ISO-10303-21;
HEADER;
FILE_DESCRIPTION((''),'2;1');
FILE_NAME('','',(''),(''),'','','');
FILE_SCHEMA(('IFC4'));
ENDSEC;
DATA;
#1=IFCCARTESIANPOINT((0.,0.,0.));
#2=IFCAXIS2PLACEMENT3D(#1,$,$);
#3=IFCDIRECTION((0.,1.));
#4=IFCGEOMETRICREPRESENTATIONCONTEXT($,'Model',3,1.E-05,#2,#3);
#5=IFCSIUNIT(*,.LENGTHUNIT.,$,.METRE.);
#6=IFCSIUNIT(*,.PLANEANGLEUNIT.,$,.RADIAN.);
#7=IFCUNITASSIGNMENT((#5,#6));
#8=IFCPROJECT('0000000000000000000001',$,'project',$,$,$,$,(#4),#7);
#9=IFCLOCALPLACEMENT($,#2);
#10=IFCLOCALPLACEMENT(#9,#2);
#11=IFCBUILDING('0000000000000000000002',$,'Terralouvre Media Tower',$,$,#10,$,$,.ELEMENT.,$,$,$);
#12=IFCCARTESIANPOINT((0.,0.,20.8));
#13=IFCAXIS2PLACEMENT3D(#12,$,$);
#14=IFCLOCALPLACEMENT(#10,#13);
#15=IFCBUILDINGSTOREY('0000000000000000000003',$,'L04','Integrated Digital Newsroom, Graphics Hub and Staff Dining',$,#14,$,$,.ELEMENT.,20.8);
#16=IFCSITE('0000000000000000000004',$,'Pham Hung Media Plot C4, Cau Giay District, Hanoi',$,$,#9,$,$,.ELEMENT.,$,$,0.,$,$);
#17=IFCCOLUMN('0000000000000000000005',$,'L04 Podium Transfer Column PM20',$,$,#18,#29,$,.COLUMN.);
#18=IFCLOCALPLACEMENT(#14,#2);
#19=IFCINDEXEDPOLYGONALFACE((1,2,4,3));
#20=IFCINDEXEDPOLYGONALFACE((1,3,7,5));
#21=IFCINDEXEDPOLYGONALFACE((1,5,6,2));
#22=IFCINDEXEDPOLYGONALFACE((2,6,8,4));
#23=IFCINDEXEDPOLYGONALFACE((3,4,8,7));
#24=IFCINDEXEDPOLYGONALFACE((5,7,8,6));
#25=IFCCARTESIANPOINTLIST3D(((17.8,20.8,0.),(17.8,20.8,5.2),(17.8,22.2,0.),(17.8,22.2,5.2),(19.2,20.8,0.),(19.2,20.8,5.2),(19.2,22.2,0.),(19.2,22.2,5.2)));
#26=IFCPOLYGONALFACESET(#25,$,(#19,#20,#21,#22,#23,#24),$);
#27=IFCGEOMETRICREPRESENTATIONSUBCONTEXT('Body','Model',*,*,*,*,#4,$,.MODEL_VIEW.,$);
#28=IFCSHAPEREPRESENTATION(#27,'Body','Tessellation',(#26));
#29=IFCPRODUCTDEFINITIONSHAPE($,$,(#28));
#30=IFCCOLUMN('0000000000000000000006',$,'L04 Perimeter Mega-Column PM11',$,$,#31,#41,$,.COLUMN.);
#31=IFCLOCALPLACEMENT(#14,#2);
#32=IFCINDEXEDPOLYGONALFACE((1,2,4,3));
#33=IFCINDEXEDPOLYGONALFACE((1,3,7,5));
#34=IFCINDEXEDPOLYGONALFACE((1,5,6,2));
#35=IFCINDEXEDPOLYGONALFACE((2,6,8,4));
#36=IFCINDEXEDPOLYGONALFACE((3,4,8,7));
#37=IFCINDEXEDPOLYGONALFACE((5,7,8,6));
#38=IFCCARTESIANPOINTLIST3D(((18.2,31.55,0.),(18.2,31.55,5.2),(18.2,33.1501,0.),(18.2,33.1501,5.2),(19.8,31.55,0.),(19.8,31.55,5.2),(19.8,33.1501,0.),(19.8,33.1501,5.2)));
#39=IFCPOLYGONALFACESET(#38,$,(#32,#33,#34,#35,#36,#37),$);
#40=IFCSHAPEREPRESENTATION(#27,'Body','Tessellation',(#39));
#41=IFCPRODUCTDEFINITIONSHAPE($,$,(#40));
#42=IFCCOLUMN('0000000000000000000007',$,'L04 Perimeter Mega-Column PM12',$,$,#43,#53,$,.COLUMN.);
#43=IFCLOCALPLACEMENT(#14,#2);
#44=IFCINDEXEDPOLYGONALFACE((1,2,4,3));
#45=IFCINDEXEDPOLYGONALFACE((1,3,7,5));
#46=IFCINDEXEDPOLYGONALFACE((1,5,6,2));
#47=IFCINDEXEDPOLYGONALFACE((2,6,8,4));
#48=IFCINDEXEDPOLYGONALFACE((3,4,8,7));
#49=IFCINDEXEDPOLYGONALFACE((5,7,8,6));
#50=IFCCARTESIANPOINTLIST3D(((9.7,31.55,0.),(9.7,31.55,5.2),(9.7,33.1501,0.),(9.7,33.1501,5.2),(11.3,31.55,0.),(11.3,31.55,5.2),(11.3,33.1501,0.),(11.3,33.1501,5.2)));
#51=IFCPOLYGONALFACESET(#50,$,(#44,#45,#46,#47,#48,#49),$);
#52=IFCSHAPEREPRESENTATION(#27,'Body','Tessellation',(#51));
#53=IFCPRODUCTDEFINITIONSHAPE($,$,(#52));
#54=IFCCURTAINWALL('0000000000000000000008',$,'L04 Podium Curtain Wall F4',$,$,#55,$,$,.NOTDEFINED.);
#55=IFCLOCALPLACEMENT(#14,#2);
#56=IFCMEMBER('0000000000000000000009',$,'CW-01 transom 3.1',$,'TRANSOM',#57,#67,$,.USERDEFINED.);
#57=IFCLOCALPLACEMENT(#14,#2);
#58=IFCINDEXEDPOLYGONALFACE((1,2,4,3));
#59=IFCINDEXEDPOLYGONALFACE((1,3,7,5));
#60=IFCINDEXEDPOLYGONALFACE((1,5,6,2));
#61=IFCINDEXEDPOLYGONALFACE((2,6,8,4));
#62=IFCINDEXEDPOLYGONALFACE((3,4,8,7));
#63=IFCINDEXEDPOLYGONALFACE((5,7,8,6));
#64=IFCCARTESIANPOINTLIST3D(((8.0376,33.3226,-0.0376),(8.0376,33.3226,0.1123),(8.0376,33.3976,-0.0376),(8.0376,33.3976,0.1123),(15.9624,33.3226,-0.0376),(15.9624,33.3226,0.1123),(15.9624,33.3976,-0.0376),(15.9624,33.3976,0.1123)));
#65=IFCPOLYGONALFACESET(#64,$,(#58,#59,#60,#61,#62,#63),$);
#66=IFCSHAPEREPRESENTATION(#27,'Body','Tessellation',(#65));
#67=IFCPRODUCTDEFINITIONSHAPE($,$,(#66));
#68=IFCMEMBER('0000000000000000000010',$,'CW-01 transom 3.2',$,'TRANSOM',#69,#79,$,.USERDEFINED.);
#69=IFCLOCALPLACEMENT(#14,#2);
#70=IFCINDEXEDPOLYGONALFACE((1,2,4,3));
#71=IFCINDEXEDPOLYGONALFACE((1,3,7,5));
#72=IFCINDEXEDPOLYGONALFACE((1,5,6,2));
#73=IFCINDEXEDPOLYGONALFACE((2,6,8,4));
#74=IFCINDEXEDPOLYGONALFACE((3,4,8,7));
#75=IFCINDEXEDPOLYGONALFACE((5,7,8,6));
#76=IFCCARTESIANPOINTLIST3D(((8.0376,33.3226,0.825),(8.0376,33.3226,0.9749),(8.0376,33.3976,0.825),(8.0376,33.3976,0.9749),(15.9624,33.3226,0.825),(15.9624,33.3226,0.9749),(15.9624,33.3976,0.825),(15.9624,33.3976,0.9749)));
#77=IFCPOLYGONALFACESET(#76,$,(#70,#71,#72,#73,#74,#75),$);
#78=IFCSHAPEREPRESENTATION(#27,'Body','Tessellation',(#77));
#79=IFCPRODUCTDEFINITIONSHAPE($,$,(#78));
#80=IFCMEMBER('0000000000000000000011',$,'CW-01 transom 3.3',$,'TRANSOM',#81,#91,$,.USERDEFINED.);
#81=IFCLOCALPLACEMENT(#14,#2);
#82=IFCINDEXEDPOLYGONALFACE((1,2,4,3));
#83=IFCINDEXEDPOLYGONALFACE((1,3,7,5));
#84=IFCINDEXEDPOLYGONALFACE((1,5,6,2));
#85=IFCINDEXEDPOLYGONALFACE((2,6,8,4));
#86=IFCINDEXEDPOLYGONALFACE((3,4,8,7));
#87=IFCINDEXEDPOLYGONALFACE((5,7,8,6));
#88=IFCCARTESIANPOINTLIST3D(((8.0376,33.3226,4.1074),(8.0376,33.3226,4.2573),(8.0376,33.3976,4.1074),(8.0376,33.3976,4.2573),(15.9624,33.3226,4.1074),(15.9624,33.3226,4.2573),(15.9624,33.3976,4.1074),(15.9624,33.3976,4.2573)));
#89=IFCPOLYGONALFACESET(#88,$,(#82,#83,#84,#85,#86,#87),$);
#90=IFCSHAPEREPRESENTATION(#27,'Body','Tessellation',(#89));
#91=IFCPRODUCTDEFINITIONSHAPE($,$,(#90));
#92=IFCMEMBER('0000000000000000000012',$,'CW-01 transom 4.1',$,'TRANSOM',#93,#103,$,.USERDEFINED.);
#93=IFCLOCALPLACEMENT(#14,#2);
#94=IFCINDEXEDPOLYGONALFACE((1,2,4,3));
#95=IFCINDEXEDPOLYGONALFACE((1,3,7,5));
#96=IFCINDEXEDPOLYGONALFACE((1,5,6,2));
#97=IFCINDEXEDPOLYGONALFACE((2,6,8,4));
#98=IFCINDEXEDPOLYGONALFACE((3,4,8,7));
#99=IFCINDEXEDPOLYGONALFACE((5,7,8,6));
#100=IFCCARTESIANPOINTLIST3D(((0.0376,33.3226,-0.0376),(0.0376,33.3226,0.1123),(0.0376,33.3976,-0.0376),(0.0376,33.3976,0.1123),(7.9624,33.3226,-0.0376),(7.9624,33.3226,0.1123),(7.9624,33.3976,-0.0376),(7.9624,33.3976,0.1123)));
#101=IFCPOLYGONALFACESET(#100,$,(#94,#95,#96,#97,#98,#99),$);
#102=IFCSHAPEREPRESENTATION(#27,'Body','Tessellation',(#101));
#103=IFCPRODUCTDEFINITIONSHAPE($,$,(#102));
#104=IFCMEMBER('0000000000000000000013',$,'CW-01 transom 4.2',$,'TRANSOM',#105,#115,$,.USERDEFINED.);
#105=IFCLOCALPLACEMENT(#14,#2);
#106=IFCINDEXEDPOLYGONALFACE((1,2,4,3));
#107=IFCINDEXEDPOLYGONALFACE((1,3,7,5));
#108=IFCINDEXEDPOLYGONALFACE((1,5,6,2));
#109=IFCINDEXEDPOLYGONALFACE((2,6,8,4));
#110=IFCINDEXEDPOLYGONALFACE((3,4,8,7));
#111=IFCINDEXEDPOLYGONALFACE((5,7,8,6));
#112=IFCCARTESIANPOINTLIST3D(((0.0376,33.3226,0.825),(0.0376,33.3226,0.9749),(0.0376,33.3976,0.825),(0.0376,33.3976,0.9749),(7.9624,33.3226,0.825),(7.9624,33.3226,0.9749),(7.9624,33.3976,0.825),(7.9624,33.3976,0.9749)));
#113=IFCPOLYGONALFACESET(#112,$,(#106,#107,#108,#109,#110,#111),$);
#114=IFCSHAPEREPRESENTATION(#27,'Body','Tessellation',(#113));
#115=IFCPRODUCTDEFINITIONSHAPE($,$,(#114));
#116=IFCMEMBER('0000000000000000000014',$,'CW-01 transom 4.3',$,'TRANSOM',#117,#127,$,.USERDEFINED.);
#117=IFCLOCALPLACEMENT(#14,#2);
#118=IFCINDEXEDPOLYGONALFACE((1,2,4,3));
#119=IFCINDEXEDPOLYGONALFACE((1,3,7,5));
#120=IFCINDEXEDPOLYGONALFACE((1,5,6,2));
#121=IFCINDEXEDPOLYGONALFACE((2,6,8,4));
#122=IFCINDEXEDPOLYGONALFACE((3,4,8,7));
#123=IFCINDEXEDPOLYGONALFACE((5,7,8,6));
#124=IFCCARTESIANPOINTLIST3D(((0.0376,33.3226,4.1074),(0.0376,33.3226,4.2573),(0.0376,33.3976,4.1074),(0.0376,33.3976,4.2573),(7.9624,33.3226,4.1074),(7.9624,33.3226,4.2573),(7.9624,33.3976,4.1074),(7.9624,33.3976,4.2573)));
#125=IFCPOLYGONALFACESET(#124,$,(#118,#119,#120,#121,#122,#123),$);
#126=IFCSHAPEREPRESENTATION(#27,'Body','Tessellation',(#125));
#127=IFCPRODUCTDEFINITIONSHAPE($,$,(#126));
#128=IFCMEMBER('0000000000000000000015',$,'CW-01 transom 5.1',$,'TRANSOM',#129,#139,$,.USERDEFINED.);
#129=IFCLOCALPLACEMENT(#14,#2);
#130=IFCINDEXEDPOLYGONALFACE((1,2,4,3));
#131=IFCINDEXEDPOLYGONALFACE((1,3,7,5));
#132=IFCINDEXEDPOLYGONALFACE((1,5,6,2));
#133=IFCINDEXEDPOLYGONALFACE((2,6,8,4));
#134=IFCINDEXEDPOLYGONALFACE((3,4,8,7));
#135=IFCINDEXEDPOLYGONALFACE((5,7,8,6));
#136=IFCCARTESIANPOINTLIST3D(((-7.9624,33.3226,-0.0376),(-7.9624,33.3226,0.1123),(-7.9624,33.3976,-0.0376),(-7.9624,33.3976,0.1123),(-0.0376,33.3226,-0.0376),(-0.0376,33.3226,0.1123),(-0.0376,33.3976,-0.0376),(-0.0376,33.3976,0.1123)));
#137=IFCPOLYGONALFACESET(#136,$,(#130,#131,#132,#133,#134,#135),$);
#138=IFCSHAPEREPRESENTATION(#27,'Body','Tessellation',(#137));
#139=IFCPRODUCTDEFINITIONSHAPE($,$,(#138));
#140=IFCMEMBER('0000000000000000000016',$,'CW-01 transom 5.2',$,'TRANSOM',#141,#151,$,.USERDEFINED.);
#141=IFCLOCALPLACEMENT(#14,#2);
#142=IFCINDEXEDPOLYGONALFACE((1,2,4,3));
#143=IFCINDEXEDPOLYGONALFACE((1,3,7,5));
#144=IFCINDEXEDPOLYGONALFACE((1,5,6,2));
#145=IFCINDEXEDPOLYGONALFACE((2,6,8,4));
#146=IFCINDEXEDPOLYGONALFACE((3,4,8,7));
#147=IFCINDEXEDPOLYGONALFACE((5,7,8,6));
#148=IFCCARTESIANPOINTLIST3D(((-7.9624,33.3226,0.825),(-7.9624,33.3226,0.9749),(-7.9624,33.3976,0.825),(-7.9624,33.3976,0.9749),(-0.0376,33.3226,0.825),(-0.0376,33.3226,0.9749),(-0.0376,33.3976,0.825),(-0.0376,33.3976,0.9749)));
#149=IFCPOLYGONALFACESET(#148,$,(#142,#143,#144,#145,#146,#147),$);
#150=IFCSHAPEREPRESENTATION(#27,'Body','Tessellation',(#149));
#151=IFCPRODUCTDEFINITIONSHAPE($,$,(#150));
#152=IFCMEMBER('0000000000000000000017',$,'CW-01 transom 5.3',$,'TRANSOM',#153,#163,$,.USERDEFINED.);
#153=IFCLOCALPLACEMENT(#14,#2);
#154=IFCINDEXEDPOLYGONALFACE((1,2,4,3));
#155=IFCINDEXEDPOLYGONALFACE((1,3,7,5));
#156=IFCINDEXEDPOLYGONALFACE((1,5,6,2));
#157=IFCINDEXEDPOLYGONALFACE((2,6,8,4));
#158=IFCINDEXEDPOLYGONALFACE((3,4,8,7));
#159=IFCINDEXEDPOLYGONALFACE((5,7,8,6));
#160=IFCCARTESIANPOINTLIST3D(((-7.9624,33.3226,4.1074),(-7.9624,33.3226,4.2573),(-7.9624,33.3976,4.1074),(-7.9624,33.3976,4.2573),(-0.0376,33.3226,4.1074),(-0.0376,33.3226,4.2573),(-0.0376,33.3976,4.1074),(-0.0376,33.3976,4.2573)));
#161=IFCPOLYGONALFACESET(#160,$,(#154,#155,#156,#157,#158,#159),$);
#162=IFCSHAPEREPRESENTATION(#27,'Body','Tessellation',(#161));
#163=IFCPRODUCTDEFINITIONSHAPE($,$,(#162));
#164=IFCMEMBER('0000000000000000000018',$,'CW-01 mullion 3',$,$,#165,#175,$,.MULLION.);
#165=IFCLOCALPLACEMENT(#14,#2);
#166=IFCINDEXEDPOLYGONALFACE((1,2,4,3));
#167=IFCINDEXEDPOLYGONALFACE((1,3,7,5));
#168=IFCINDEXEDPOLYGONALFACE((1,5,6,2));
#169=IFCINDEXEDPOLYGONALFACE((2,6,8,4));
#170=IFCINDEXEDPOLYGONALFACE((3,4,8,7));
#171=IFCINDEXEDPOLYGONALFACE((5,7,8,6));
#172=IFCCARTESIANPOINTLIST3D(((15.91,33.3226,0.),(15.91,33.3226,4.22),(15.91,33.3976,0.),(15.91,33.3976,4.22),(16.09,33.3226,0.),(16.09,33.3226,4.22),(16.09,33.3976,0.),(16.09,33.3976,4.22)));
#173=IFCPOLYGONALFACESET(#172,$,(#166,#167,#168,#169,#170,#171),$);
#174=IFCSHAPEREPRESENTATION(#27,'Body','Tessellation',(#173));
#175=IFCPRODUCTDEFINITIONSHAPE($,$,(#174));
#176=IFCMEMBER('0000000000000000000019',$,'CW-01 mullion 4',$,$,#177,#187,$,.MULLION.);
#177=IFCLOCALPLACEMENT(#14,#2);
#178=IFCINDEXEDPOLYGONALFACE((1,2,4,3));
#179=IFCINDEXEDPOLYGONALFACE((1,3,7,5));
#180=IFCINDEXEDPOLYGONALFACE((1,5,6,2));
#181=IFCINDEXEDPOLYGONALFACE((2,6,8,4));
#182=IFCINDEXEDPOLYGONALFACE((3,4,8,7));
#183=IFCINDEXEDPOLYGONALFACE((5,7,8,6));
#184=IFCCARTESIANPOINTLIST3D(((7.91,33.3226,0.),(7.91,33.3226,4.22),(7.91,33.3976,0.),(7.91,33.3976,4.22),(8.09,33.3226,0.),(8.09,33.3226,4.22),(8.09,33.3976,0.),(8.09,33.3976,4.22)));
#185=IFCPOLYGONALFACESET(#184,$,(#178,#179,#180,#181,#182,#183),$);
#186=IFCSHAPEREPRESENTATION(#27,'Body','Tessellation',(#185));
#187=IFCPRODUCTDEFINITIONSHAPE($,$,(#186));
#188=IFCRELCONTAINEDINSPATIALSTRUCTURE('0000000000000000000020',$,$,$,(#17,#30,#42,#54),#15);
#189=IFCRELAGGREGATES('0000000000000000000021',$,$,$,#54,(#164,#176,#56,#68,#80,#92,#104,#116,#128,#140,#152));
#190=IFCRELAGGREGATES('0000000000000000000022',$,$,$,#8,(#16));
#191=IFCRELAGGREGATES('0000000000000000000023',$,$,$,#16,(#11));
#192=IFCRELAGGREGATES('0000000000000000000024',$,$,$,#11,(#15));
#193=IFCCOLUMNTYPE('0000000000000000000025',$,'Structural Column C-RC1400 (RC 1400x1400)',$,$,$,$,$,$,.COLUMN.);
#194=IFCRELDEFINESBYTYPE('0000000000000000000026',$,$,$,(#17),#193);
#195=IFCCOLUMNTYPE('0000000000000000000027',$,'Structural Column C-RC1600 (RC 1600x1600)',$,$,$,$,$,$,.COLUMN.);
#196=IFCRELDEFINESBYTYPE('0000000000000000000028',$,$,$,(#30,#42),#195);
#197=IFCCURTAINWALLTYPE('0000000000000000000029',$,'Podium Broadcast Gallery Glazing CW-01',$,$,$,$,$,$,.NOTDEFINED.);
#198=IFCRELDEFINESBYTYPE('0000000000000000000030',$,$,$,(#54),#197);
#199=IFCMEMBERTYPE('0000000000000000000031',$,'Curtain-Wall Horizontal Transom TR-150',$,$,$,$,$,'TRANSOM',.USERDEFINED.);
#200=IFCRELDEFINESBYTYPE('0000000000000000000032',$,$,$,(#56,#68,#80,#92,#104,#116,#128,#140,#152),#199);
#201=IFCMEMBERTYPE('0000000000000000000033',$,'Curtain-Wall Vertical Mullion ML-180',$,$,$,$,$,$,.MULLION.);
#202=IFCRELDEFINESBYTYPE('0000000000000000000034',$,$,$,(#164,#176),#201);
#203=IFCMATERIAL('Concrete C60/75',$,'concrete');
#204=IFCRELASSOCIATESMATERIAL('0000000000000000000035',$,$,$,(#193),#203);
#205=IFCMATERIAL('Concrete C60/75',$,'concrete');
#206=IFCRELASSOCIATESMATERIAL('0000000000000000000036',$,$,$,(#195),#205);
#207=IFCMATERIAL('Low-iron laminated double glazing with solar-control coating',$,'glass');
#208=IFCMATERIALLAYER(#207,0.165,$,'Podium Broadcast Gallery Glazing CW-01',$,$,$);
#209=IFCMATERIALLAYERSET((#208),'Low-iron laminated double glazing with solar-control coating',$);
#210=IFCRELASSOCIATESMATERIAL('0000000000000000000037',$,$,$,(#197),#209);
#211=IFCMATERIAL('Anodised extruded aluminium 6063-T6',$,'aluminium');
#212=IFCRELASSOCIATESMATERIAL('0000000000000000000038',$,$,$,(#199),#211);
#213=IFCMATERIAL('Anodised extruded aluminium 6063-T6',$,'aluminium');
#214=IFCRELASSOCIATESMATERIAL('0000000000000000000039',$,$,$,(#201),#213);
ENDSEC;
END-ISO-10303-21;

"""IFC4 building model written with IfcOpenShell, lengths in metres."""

from ifc_helpers import new_model, si_unit, direction, frame, origin, origin_2d, place, context, subcontext, project, spatial, rectangle, extrude, material, layer, layer_set, material_profile, profile_set, type_object, element, aggregate, save


model = new_model("IFC4")

# Units and contexts
model_context = context("Model", 3, precision=1e-05, world=origin(), true_north=direction((0.0, 1.0)))
body_context = subcontext(model_context, "Body", "Model", "MODEL_VIEW")
ifc_project = project(units=[si_unit("LENGTHUNIT", "METRE"), si_unit("PLANEANGLEUNIT", "RADIAN")], contexts=[model_context])

# Site, building, storey
site_placement = place(None, origin())
site = spatial("IfcSite", under=ifc_project, at=site_placement, Name="Pham Hung Media Plot C4, Cau Giay District, Hanoi", CompositionType="ELEMENT", RefElevation=0.0)
building_placement = place(site_placement, origin())
building = spatial("IfcBuilding", under=site, at=building_placement, Name="Terralouvre Media Tower", CompositionType="ELEMENT")
storey_placement = place(building_placement, frame((0.0, 0.0, 20.8)))
storey = spatial("IfcBuildingStorey", under=building, at=storey_placement, Name="L04", Description="Integrated Digital Newsroom, Graphics Hub and Staff Dining", CompositionType="ELEMENT", Elevation=20.8)

# Columns
ifc_material_1 = material(Name="Concrete C60/75", Category="concrete")
ifc_material_profile_1 = material_profile(ifc_material_1, rectangle(XDim=1.3999, YDim=1.3999, at=origin_2d()), Name="RC 1400x1400")
ifc_profile_set_1 = profile_set([ifc_material_profile_1], Name="Concrete C60/75")
column_type_1 = type_object("IfcColumnType", Name="Structural Column C-RC1400 (RC 1400x1400)", PredefinedType="COLUMN", material=ifc_profile_set_1)
column_placement = place(storey_placement, frame((18.5, 21.5, 0.0), z_axis=(0.0, 0.0, 1.0), x_axis=(1.0, 0.0, 0.0)))
element("IfcColumn", 1, at=column_placement, inside=storey, type_object=column_type_1, Name="L04 Podium Transfer Column PM20", PredefinedType="COLUMN", context=body_context, shape_type="SweptSolid", body=[
    extrude(rectangle(XDim=1.3999, YDim=1.3999, at=origin_2d()), origin(), (0.0, 0.0, 1.0), 5.2),
])
ifc_material_2 = material(Name="Concrete C60/75", Category="concrete")
ifc_material_profile_2 = material_profile(ifc_material_2, rectangle(XDim=1.6001, YDim=1.6001, at=origin_2d()), Name="RC 1600x1600")
ifc_profile_set_2 = profile_set([ifc_material_profile_2], Name="Concrete C60/75")
column_type_2 = type_object("IfcColumnType", Name="Structural Column C-RC1600 (RC 1600x1600)", PredefinedType="COLUMN", material=ifc_profile_set_2)
for number, where, z_axis, x_axis, name in (
    (2, (19.0, 32.3501, 0.0), (0.0, 0.0, 1.0), (1.0, 0.0, 0.0), "L04 Perimeter Mega-Column PM11"),
    (3, (10.5, 32.3501, 0.0), (0.0, 0.0, 1.0), (1.0, 0.0, 0.0), "L04 Perimeter Mega-Column PM12"),
):
    element("IfcColumn", number, at=place(storey_placement, frame(where, z_axis=z_axis, x_axis=x_axis)), inside=storey, type_object=column_type_2, Name=name, PredefinedType="COLUMN", context=body_context, shape_type="SweptSolid", body=[
        extrude(rectangle(XDim=1.6001, YDim=1.6001, at=origin_2d()), origin(), (0.0, 0.0, 1.0), 5.2),
    ])

# Curtain wall, members
ifc_material_3 = material(Name="Low-iron laminated double glazing with solar-control coating", Category="glass")
ifc_layer_1 = layer(ifc_material_3, 0.165, Name="Podium Broadcast Gallery Glazing CW-01")
ifc_layer_set_1 = layer_set([ifc_layer_1], Name="Low-iron laminated double glazing with solar-control coating")
curtain_wall_type = type_object("IfcCurtainWallType", Name="Podium Broadcast Gallery Glazing CW-01", PredefinedType="NOTDEFINED", material=ifc_layer_set_1)
curtain_wall_placement = place(storey_placement, origin())
curtain_wall = element("IfcCurtainWall", 4, at=curtain_wall_placement, inside=storey, type_object=curtain_wall_type, Name="L04 Podium Curtain Wall F4", PredefinedType="NOTDEFINED")
ifc_material_4 = material(Name="Anodised extruded aluminium 6063-T6", Category="aluminium")
ifc_material_profile_3 = material_profile(ifc_material_4, rectangle(XDim=0.075, YDim=0.1499, at=origin_2d()), Name="ALU 75x150")
ifc_profile_set_3 = profile_set([ifc_material_profile_3], Name="Anodised extruded aluminium 6063-T6")
member_type_1 = type_object("IfcMemberType", Name="Curtain-Wall Horizontal Transom TR-150", ElementType="TRANSOM", PredefinedType="USERDEFINED", material=ifc_profile_set_3)
member_1_placement = place(storey_placement, frame((15.9624, 33.3601, 0.0374), z_axis=(-1.0, 0.0, 0.0), x_axis=(0.0, -1.0, 0.0)))
member_1 = element("IfcMember", 5, at=member_1_placement, type_object=member_type_1, Name="CW-01 transom 3.1", ObjectType="TRANSOM", PredefinedType="USERDEFINED", context=body_context, shape_type="SweptSolid", body=[
    extrude(rectangle(XDim=0.075, YDim=0.1499, at=origin_2d()), origin(), (0.0, 0.0, 1.0), 7.9248),
])
member_2_placement = place(storey_placement, frame((15.9624, 33.3601, 0.8999), z_axis=(-1.0, 0.0, 0.0), x_axis=(0.0, -1.0, 0.0)))
member_2 = element("IfcMember", 6, at=member_2_placement, type_object=member_type_1, Name="CW-01 transom 3.2", ObjectType="TRANSOM", PredefinedType="USERDEFINED", context=body_context, shape_type="SweptSolid", body=[
    extrude(rectangle(XDim=0.075, YDim=0.1499, at=origin_2d()), origin(), (0.0, 0.0, 1.0), 7.9248),
])
member_3_placement = place(storey_placement, frame((15.9624, 33.3601, 4.1824), z_axis=(-1.0, 0.0, 0.0), x_axis=(0.0, -1.0, 0.0)))
member_3 = element("IfcMember", 7, at=member_3_placement, type_object=member_type_1, Name="CW-01 transom 3.3", ObjectType="TRANSOM", PredefinedType="USERDEFINED", context=body_context, shape_type="SweptSolid", body=[
    extrude(rectangle(XDim=0.075, YDim=0.1499, at=origin_2d()), origin(), (0.0, 0.0, 1.0), 7.9248),
])
member_4_placement = place(storey_placement, frame((7.9624, 33.3601, 0.0374), z_axis=(-1.0, 0.0, 0.0), x_axis=(0.0, -1.0, 0.0)))
member_4 = element("IfcMember", 8, at=member_4_placement, type_object=member_type_1, Name="CW-01 transom 4.1", ObjectType="TRANSOM", PredefinedType="USERDEFINED", context=body_context, shape_type="SweptSolid", body=[
    extrude(rectangle(XDim=0.075, YDim=0.1499, at=origin_2d()), origin(), (0.0, 0.0, 1.0), 7.9248),
])
member_5_placement = place(storey_placement, frame((7.9624, 33.3601, 0.8999), z_axis=(-1.0, 0.0, 0.0), x_axis=(0.0, -1.0, 0.0)))
member_5 = element("IfcMember", 9, at=member_5_placement, type_object=member_type_1, Name="CW-01 transom 4.2", ObjectType="TRANSOM", PredefinedType="USERDEFINED", context=body_context, shape_type="SweptSolid", body=[
    extrude(rectangle(XDim=0.075, YDim=0.1499, at=origin_2d()), origin(), (0.0, 0.0, 1.0), 7.9248),
])
member_6_placement = place(storey_placement, frame((7.9624, 33.3601, 4.1824), z_axis=(-1.0, 0.0, 0.0), x_axis=(0.0, -1.0, 0.0)))
member_6 = element("IfcMember", 10, at=member_6_placement, type_object=member_type_1, Name="CW-01 transom 4.3", ObjectType="TRANSOM", PredefinedType="USERDEFINED", context=body_context, shape_type="SweptSolid", body=[
    extrude(rectangle(XDim=0.075, YDim=0.1499, at=origin_2d()), origin(), (0.0, 0.0, 1.0), 7.9248),
])
member_7_placement = place(storey_placement, frame((-0.0376, 33.3601, 0.0374), z_axis=(-1.0, 0.0, 0.0), x_axis=(0.0, -1.0, 0.0)))
member_7 = element("IfcMember", 11, at=member_7_placement, type_object=member_type_1, Name="CW-01 transom 5.1", ObjectType="TRANSOM", PredefinedType="USERDEFINED", context=body_context, shape_type="SweptSolid", body=[
    extrude(rectangle(XDim=0.075, YDim=0.1499, at=origin_2d()), origin(), (0.0, 0.0, 1.0), 7.9248),
])
member_8_placement = place(storey_placement, frame((-0.0376, 33.3601, 0.8999), z_axis=(-1.0, 0.0, 0.0), x_axis=(0.0, -1.0, 0.0)))
member_8 = element("IfcMember", 12, at=member_8_placement, type_object=member_type_1, Name="CW-01 transom 5.2", ObjectType="TRANSOM", PredefinedType="USERDEFINED", context=body_context, shape_type="SweptSolid", body=[
    extrude(rectangle(XDim=0.075, YDim=0.1499, at=origin_2d()), origin(), (0.0, 0.0, 1.0), 7.9248),
])
member_9_placement = place(storey_placement, frame((-0.0376, 33.3601, 4.1824), z_axis=(-1.0, 0.0, 0.0), x_axis=(0.0, -1.0, 0.0)))
member_9 = element("IfcMember", 13, at=member_9_placement, type_object=member_type_1, Name="CW-01 transom 5.3", ObjectType="TRANSOM", PredefinedType="USERDEFINED", context=body_context, shape_type="SweptSolid", body=[
    extrude(rectangle(XDim=0.075, YDim=0.1499, at=origin_2d()), origin(), (0.0, 0.0, 1.0), 7.9248),
])
ifc_material_5 = material(Name="Anodised extruded aluminium 6063-T6", Category="aluminium")
ifc_material_profile_4 = material_profile(ifc_material_5, rectangle(XDim=0.075, YDim=0.1799, at=origin_2d()), Name="ALU 75x180")
ifc_profile_set_4 = profile_set([ifc_material_profile_4], Name="Anodised extruded aluminium 6063-T6")
member_type_2 = type_object("IfcMemberType", Name="Curtain-Wall Vertical Mullion ML-180", PredefinedType="MULLION", material=ifc_profile_set_4)
member_10_placement = place(storey_placement, frame((16.0, 33.3601, 0.0), z_axis=(0.0, 0.0, 1.0), x_axis=(0.0, -1.0, 0.0)))
member_10 = element("IfcMember", 14, at=member_10_placement, type_object=member_type_2, Name="CW-01 mullion 3", PredefinedType="MULLION", context=body_context, shape_type="SweptSolid", body=[
    extrude(rectangle(XDim=0.075, YDim=0.1799, at=origin_2d()), origin(), (0.0, 0.0, 1.0), 4.22),
])
member_11_placement = place(storey_placement, frame((8.0, 33.3601, 0.0), z_axis=(0.0, 0.0, 1.0), x_axis=(0.0, -1.0, 0.0)))
member_11 = element("IfcMember", 15, at=member_11_placement, type_object=member_type_2, Name="CW-01 mullion 4", PredefinedType="MULLION", context=body_context, shape_type="SweptSolid", body=[
    extrude(rectangle(XDim=0.075, YDim=0.1799, at=origin_2d()), origin(), (0.0, 0.0, 1.0), 4.22),
])

aggregate(curtain_wall, [member_10, member_11, member_1, member_2, member_3, member_4, member_5, member_6, member_7, member_8, member_9])

save(model, "model.ifc")
